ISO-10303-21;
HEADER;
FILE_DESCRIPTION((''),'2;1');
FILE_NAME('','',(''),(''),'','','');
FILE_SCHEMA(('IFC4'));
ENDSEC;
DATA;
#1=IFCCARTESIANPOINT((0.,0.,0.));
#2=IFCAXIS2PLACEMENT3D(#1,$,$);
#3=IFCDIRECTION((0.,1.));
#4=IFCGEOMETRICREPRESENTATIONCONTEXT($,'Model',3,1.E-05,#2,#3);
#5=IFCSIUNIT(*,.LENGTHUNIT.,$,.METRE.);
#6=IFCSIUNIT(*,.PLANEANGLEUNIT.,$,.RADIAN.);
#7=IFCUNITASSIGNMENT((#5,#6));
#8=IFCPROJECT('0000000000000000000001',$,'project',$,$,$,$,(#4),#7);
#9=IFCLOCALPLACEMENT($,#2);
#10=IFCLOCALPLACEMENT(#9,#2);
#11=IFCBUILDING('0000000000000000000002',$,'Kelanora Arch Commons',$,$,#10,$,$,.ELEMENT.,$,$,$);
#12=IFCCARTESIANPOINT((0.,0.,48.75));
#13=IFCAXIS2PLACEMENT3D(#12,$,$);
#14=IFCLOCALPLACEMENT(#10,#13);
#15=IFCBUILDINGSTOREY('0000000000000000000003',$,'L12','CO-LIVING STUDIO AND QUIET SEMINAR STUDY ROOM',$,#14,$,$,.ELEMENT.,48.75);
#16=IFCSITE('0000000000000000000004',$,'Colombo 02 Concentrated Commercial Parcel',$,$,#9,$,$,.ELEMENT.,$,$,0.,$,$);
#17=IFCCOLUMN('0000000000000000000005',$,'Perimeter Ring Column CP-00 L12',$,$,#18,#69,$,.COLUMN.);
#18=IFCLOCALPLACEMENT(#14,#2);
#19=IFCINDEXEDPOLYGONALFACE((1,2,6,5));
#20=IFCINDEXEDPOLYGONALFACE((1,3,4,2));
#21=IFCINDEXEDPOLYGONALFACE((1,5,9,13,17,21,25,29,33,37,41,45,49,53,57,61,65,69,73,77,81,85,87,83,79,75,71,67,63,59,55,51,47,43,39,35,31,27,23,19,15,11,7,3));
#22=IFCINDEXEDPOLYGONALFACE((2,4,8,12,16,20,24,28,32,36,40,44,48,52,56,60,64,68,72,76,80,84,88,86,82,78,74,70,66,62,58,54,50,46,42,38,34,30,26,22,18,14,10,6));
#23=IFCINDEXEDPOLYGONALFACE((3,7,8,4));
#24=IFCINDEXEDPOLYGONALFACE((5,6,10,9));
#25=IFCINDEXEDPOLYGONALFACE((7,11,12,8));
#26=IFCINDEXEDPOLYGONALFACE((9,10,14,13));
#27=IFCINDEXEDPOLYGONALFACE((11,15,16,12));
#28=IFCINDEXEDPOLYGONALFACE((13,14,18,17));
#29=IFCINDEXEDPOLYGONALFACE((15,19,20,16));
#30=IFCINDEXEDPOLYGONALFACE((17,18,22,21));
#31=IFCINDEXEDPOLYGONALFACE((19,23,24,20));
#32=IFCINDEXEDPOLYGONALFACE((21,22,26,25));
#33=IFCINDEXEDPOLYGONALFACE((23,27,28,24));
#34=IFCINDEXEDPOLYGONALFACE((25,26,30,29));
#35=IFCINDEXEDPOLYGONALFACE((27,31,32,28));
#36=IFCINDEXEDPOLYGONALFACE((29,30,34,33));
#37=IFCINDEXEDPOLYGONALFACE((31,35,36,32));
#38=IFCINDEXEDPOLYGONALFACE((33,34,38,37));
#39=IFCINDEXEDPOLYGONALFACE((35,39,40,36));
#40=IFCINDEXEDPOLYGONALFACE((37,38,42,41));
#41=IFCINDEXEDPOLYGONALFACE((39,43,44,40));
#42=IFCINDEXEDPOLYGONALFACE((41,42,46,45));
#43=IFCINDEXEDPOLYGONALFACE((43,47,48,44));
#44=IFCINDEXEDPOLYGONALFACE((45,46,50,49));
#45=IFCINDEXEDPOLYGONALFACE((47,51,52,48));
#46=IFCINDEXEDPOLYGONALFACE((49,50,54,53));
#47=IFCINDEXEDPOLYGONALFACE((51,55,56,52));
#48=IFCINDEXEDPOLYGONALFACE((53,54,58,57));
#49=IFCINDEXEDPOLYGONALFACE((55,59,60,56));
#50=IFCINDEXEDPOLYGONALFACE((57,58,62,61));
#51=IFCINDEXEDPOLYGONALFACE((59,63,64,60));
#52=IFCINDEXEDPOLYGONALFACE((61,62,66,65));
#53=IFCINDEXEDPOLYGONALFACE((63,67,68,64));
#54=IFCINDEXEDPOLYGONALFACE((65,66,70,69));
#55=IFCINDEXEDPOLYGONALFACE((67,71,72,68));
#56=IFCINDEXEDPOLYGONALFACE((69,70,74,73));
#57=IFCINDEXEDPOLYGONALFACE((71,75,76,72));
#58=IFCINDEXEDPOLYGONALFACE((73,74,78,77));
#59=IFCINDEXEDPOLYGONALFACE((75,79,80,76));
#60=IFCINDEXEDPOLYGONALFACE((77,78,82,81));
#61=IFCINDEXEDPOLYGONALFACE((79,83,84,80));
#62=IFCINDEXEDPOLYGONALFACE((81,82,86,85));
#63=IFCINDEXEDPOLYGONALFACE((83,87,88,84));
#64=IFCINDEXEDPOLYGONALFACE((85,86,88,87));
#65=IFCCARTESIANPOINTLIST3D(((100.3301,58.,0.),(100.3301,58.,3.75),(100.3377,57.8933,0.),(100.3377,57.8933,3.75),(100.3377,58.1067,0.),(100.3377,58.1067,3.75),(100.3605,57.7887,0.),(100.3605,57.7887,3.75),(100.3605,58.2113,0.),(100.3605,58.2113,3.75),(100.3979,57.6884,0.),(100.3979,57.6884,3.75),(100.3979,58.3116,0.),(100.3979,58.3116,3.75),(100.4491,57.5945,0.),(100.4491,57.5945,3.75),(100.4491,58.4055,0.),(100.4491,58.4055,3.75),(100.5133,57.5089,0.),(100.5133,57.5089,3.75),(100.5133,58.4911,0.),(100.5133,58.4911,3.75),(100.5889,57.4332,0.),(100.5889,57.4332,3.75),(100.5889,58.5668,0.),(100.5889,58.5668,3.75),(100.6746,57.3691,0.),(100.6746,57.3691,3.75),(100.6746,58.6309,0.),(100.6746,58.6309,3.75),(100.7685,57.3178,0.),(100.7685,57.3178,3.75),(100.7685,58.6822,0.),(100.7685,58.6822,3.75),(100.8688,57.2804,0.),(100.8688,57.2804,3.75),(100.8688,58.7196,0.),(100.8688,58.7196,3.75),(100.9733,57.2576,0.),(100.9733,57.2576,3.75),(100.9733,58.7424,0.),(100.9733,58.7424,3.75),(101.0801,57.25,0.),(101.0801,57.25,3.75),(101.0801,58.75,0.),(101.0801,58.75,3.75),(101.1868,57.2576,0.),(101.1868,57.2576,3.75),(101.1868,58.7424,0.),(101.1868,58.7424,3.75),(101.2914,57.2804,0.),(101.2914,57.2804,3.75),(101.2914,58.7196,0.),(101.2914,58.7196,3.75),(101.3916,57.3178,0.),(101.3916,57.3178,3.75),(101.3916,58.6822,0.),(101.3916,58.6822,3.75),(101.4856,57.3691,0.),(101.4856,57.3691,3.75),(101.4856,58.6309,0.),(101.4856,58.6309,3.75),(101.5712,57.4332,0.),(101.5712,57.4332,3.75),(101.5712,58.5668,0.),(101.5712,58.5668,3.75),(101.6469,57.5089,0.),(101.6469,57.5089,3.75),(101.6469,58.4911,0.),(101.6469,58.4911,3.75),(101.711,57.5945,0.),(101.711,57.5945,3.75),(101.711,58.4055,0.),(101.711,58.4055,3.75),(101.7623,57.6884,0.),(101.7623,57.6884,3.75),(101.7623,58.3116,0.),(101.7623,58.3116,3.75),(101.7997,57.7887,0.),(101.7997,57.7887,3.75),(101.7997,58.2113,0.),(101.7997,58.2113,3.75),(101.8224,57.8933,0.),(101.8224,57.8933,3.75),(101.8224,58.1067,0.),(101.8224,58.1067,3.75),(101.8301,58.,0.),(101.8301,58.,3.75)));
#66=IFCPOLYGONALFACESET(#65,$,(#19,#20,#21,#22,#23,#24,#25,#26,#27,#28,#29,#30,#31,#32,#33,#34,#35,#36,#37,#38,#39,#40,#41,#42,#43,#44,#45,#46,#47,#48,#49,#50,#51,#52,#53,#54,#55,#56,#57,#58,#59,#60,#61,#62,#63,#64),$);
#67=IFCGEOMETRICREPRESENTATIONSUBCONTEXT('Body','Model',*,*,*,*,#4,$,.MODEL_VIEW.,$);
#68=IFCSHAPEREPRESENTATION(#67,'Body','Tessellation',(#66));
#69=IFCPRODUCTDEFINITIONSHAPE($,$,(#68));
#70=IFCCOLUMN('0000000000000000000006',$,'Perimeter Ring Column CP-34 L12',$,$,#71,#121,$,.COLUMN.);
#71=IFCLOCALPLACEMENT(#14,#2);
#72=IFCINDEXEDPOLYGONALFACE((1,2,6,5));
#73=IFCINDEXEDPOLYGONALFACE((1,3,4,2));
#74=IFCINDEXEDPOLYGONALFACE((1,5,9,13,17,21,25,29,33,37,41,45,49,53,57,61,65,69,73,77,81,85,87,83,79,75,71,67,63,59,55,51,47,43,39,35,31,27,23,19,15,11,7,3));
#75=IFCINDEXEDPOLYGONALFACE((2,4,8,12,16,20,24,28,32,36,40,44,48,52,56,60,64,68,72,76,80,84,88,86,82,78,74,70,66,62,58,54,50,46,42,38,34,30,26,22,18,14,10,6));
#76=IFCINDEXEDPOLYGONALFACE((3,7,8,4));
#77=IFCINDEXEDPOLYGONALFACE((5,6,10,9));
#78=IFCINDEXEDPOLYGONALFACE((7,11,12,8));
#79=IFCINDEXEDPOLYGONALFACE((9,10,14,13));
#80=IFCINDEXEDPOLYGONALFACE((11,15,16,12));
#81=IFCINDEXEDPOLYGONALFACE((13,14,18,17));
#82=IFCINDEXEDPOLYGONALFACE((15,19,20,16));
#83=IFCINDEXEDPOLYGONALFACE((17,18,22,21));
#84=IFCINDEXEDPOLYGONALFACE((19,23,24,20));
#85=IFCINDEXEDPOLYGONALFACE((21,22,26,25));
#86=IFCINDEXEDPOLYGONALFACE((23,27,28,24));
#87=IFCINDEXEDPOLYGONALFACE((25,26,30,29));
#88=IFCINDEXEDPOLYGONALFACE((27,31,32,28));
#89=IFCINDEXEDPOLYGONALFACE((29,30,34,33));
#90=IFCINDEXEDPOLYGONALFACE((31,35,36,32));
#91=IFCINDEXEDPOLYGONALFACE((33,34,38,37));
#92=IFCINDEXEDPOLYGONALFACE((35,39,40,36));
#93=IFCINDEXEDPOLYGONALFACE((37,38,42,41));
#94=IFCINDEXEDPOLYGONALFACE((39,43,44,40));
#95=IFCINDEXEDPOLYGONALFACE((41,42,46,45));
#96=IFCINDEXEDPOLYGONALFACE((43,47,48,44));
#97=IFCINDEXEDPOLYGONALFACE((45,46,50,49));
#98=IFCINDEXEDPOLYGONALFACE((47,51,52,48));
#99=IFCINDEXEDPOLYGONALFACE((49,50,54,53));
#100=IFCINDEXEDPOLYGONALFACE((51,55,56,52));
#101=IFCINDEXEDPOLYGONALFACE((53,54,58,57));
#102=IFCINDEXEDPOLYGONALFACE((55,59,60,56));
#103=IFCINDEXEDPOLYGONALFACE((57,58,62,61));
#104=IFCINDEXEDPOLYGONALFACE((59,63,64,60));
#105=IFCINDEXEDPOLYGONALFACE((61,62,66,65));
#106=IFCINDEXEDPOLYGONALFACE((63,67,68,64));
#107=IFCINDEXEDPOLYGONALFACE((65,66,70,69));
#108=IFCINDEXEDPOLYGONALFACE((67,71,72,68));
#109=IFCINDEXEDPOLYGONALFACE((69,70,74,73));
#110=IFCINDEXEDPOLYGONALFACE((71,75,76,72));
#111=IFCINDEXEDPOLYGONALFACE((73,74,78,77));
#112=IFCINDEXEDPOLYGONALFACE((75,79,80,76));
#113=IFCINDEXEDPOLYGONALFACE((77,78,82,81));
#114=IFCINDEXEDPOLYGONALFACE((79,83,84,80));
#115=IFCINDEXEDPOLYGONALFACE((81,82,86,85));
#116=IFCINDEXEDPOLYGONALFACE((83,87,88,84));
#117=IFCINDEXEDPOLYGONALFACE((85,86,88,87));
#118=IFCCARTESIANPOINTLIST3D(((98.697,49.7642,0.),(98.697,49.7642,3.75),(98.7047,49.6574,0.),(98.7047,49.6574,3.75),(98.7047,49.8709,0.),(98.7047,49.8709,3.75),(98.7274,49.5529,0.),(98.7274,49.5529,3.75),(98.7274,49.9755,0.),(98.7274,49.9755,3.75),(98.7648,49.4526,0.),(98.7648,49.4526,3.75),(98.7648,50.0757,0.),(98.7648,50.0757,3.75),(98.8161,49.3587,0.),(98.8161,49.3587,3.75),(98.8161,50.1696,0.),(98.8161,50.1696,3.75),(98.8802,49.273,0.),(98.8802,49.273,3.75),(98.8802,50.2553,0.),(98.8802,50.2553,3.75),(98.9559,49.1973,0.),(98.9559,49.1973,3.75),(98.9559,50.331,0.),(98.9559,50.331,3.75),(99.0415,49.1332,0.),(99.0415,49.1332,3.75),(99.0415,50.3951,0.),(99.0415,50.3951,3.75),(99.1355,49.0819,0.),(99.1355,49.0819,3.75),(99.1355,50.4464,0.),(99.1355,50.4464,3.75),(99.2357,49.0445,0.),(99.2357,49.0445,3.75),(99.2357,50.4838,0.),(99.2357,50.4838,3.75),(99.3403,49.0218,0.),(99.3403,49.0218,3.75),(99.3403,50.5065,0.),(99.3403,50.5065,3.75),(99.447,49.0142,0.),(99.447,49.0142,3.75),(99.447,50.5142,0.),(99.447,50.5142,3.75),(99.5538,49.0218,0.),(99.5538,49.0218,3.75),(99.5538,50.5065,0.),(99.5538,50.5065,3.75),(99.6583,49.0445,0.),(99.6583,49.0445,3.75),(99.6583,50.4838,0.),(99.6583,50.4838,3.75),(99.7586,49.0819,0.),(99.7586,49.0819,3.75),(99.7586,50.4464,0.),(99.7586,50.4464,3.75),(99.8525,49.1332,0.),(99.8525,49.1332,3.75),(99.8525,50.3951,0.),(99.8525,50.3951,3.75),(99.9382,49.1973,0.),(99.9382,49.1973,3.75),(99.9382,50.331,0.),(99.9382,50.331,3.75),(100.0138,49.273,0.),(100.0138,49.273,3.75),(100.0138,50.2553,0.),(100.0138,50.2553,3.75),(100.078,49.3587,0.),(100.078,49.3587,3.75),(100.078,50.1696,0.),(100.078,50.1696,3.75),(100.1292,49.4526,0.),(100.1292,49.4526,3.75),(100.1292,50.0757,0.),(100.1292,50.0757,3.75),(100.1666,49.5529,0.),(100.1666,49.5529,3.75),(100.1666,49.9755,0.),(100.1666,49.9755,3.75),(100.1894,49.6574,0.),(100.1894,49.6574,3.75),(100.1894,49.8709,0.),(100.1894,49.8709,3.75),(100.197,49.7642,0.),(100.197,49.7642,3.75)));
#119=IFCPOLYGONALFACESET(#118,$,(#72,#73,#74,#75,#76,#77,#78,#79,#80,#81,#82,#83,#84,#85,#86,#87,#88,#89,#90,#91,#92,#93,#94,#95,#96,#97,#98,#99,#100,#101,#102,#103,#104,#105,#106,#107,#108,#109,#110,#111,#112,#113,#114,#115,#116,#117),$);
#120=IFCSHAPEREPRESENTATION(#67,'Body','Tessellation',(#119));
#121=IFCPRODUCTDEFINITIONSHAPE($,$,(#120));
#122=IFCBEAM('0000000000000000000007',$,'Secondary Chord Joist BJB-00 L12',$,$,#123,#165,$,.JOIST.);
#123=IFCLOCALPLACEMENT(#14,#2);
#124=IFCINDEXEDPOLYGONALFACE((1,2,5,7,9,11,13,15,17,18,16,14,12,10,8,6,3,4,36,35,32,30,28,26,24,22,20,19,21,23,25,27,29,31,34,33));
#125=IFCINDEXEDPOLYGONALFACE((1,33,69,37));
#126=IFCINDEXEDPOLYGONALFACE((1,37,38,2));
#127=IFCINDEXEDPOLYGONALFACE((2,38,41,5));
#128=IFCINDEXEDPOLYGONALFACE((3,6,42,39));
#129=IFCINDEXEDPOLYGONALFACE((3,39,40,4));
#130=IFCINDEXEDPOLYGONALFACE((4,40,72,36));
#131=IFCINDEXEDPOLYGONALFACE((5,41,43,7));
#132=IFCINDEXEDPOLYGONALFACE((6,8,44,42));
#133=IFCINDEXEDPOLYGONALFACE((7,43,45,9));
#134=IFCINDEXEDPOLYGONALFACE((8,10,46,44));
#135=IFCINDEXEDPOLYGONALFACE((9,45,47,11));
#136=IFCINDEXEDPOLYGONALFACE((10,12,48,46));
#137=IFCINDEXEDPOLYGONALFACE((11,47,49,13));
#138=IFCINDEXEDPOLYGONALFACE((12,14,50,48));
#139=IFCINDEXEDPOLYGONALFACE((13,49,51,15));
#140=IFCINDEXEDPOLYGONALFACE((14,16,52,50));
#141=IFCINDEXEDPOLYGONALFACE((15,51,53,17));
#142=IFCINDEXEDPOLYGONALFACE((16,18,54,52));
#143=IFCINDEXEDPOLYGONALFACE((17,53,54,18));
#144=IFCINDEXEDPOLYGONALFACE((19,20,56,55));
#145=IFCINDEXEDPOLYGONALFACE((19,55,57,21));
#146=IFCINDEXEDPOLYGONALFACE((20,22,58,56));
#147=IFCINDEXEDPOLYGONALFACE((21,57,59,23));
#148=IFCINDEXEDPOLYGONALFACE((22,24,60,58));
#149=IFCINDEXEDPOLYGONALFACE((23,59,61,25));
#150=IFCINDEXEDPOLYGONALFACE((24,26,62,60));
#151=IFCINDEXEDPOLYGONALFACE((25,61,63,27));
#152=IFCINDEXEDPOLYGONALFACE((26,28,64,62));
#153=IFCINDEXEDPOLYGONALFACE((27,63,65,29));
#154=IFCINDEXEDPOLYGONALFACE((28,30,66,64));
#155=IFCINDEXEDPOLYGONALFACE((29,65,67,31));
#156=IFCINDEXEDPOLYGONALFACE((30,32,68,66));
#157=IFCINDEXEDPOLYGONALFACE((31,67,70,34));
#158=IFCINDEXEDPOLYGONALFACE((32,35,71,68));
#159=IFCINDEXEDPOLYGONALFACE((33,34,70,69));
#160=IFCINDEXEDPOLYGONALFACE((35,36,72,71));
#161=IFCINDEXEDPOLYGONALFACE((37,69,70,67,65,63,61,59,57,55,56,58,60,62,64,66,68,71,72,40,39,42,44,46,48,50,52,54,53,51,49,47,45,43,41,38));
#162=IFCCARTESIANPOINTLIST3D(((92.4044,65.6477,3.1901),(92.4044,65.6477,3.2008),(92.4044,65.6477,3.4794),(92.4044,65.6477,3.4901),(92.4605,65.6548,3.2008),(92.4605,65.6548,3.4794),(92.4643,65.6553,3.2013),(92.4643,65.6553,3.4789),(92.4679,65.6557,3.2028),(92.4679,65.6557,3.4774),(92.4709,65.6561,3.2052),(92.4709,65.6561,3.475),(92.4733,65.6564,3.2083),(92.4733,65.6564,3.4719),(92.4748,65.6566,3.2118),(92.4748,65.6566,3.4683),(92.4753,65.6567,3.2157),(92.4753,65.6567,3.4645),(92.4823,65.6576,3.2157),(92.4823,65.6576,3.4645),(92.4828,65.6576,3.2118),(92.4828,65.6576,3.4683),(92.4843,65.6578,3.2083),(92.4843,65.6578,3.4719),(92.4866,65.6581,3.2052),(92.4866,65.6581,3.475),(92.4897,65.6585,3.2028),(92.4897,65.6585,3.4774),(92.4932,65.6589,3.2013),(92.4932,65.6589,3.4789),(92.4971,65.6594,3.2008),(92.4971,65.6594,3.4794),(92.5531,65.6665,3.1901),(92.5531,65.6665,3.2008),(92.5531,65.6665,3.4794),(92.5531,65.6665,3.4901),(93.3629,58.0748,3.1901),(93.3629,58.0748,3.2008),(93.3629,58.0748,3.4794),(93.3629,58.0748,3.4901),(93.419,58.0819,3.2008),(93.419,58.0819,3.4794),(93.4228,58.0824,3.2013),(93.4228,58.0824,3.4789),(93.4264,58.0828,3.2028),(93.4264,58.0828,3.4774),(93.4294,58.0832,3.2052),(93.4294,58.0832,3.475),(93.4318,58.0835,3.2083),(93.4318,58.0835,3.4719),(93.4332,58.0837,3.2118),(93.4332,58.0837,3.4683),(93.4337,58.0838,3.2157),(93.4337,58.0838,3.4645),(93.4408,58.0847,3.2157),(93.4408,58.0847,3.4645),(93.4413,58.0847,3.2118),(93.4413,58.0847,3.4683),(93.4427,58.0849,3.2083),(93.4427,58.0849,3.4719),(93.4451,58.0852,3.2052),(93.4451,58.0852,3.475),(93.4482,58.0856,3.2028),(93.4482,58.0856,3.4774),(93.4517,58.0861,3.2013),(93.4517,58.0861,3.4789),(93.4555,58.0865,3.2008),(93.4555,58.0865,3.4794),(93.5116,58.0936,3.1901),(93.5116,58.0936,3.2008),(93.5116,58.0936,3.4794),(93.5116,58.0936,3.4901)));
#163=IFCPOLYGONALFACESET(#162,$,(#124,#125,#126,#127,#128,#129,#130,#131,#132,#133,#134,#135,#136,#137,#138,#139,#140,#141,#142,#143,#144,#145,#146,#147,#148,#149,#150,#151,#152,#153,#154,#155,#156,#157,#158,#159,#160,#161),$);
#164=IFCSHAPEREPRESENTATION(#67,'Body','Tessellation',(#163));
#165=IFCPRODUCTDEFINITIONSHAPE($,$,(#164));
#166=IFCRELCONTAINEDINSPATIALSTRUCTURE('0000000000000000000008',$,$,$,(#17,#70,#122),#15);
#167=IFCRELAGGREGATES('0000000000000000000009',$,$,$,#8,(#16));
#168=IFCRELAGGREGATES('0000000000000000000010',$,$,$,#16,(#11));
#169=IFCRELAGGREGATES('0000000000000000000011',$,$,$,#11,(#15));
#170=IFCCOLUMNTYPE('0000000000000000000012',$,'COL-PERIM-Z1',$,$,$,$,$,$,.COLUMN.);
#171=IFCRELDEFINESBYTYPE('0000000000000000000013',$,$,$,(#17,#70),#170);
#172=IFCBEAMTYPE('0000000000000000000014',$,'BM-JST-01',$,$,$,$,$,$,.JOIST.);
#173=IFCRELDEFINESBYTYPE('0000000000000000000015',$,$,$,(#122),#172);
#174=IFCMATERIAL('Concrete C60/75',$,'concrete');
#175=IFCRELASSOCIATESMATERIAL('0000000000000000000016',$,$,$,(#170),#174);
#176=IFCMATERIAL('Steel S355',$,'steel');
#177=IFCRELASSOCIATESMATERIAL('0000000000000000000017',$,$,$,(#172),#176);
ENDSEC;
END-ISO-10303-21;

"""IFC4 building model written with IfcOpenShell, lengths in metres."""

from ifc_helpers import new_model, si_unit, direction, frame, origin, origin_2d, place, context, subcontext, project, spatial, circle, i_section, extrude, material, material_profile, profile_set, type_object, element, save


model = new_model("IFC4")

# Units and contexts
model_context = context("Model", 3, precision=1e-05, world=origin(), true_north=direction((0.0, 1.0)))
body_context = subcontext(model_context, "Body", "Model", "MODEL_VIEW")
ifc_project = project(units=[si_unit("LENGTHUNIT", "METRE"), si_unit("PLANEANGLEUNIT", "RADIAN")], contexts=[model_context])

# Site, building, storey
site_placement = place(None, origin())
site = spatial("IfcSite", under=ifc_project, at=site_placement, Name="Colombo 02 Concentrated Commercial Parcel", CompositionType="ELEMENT", RefElevation=0.0)
building_placement = place(site_placement, origin())
building = spatial("IfcBuilding", under=site, at=building_placement, Name="Kelanora Arch Commons", CompositionType="ELEMENT")
storey_placement = place(building_placement, frame((0.0, 0.0, 48.75)))
storey = spatial("IfcBuildingStorey", under=building, at=storey_placement, Name="L12", Description="CO-LIVING STUDIO AND QUIET SEMINAR STUDY ROOM", CompositionType="ELEMENT", Elevation=48.75)

# Columns
ifc_material_1 = material(Name="Concrete C60/75", Category="concrete")
ifc_material_profile_1 = material_profile(ifc_material_1, circle(Radius=0.75, at=origin_2d()), Name="RCC1500")
ifc_profile_set_1 = profile_set([ifc_material_profile_1], Name="Concrete C60/75")
column_type = type_object("IfcColumnType", Name="COL-PERIM-Z1", PredefinedType="COLUMN", material=ifc_profile_set_1)
for number, where, z_axis, x_axis, name in (
    (1, (101.0801, 58.0, 0.0), (0.0, 0.0, 1.0), (1.0, 0.0, 0.0), "Perimeter Ring Column CP-00 L12"),
    (2, (99.447, 49.7642, 0.0), (0.0, 0.0, 1.0), (1.0, 0.0, 0.0), "Perimeter Ring Column CP-34 L12"),
):
    element("IfcColumn", number, at=place(storey_placement, frame(where, z_axis=z_axis, x_axis=x_axis)), inside=storey, type_object=column_type, Name=name, PredefinedType="COLUMN", context=body_context, shape_type="SweptSolid", body=[
        extrude(circle(Radius=0.75, at=origin_2d()), origin(), (0.0, 0.0, 1.0), 3.75),
    ])

# Beam
ifc_material_2 = material(Name="Steel S355", Category="steel")
ifc_material_profile_2 = material_profile(ifc_material_2, i_section(OverallWidth=0.1499, OverallDepth=0.3, WebThickness=0.0071, FlangeThickness=0.0107, FilletRadius=0.0149, at=origin_2d()), Name="IPE300")
ifc_profile_set_2 = profile_set([ifc_material_profile_2], Name="Steel S355")
beam_type_1 = type_object("IfcBeamType", Name="BM-JST-01", PredefinedType="JOIST", material=ifc_profile_set_2)
for number, where, z_axis, x_axis, name in (
    (3, (93.4373, 58.0842, 3.3401), (-0.125566, 0.992085, 0.0), (-0.992085, -0.125566, 0.0), "Secondary Chord Joist BJB-00 L12"),
):
    element("IfcBeam", number, at=place(storey_placement, frame(where, z_axis=z_axis, x_axis=x_axis)), inside=storey, type_object=beam_type_1, Name=name, PredefinedType="JOIST", context=body_context, shape_type="SweptSolid", body=[
        extrude(i_section(OverallWidth=0.1499, OverallDepth=0.3, WebThickness=0.0071, FlangeThickness=0.0107, FilletRadius=0.0149, at=origin_2d()), origin(), (0.0, 0.0, 1.0), 7.6333),
    ])

save(model, "model.ifc")
